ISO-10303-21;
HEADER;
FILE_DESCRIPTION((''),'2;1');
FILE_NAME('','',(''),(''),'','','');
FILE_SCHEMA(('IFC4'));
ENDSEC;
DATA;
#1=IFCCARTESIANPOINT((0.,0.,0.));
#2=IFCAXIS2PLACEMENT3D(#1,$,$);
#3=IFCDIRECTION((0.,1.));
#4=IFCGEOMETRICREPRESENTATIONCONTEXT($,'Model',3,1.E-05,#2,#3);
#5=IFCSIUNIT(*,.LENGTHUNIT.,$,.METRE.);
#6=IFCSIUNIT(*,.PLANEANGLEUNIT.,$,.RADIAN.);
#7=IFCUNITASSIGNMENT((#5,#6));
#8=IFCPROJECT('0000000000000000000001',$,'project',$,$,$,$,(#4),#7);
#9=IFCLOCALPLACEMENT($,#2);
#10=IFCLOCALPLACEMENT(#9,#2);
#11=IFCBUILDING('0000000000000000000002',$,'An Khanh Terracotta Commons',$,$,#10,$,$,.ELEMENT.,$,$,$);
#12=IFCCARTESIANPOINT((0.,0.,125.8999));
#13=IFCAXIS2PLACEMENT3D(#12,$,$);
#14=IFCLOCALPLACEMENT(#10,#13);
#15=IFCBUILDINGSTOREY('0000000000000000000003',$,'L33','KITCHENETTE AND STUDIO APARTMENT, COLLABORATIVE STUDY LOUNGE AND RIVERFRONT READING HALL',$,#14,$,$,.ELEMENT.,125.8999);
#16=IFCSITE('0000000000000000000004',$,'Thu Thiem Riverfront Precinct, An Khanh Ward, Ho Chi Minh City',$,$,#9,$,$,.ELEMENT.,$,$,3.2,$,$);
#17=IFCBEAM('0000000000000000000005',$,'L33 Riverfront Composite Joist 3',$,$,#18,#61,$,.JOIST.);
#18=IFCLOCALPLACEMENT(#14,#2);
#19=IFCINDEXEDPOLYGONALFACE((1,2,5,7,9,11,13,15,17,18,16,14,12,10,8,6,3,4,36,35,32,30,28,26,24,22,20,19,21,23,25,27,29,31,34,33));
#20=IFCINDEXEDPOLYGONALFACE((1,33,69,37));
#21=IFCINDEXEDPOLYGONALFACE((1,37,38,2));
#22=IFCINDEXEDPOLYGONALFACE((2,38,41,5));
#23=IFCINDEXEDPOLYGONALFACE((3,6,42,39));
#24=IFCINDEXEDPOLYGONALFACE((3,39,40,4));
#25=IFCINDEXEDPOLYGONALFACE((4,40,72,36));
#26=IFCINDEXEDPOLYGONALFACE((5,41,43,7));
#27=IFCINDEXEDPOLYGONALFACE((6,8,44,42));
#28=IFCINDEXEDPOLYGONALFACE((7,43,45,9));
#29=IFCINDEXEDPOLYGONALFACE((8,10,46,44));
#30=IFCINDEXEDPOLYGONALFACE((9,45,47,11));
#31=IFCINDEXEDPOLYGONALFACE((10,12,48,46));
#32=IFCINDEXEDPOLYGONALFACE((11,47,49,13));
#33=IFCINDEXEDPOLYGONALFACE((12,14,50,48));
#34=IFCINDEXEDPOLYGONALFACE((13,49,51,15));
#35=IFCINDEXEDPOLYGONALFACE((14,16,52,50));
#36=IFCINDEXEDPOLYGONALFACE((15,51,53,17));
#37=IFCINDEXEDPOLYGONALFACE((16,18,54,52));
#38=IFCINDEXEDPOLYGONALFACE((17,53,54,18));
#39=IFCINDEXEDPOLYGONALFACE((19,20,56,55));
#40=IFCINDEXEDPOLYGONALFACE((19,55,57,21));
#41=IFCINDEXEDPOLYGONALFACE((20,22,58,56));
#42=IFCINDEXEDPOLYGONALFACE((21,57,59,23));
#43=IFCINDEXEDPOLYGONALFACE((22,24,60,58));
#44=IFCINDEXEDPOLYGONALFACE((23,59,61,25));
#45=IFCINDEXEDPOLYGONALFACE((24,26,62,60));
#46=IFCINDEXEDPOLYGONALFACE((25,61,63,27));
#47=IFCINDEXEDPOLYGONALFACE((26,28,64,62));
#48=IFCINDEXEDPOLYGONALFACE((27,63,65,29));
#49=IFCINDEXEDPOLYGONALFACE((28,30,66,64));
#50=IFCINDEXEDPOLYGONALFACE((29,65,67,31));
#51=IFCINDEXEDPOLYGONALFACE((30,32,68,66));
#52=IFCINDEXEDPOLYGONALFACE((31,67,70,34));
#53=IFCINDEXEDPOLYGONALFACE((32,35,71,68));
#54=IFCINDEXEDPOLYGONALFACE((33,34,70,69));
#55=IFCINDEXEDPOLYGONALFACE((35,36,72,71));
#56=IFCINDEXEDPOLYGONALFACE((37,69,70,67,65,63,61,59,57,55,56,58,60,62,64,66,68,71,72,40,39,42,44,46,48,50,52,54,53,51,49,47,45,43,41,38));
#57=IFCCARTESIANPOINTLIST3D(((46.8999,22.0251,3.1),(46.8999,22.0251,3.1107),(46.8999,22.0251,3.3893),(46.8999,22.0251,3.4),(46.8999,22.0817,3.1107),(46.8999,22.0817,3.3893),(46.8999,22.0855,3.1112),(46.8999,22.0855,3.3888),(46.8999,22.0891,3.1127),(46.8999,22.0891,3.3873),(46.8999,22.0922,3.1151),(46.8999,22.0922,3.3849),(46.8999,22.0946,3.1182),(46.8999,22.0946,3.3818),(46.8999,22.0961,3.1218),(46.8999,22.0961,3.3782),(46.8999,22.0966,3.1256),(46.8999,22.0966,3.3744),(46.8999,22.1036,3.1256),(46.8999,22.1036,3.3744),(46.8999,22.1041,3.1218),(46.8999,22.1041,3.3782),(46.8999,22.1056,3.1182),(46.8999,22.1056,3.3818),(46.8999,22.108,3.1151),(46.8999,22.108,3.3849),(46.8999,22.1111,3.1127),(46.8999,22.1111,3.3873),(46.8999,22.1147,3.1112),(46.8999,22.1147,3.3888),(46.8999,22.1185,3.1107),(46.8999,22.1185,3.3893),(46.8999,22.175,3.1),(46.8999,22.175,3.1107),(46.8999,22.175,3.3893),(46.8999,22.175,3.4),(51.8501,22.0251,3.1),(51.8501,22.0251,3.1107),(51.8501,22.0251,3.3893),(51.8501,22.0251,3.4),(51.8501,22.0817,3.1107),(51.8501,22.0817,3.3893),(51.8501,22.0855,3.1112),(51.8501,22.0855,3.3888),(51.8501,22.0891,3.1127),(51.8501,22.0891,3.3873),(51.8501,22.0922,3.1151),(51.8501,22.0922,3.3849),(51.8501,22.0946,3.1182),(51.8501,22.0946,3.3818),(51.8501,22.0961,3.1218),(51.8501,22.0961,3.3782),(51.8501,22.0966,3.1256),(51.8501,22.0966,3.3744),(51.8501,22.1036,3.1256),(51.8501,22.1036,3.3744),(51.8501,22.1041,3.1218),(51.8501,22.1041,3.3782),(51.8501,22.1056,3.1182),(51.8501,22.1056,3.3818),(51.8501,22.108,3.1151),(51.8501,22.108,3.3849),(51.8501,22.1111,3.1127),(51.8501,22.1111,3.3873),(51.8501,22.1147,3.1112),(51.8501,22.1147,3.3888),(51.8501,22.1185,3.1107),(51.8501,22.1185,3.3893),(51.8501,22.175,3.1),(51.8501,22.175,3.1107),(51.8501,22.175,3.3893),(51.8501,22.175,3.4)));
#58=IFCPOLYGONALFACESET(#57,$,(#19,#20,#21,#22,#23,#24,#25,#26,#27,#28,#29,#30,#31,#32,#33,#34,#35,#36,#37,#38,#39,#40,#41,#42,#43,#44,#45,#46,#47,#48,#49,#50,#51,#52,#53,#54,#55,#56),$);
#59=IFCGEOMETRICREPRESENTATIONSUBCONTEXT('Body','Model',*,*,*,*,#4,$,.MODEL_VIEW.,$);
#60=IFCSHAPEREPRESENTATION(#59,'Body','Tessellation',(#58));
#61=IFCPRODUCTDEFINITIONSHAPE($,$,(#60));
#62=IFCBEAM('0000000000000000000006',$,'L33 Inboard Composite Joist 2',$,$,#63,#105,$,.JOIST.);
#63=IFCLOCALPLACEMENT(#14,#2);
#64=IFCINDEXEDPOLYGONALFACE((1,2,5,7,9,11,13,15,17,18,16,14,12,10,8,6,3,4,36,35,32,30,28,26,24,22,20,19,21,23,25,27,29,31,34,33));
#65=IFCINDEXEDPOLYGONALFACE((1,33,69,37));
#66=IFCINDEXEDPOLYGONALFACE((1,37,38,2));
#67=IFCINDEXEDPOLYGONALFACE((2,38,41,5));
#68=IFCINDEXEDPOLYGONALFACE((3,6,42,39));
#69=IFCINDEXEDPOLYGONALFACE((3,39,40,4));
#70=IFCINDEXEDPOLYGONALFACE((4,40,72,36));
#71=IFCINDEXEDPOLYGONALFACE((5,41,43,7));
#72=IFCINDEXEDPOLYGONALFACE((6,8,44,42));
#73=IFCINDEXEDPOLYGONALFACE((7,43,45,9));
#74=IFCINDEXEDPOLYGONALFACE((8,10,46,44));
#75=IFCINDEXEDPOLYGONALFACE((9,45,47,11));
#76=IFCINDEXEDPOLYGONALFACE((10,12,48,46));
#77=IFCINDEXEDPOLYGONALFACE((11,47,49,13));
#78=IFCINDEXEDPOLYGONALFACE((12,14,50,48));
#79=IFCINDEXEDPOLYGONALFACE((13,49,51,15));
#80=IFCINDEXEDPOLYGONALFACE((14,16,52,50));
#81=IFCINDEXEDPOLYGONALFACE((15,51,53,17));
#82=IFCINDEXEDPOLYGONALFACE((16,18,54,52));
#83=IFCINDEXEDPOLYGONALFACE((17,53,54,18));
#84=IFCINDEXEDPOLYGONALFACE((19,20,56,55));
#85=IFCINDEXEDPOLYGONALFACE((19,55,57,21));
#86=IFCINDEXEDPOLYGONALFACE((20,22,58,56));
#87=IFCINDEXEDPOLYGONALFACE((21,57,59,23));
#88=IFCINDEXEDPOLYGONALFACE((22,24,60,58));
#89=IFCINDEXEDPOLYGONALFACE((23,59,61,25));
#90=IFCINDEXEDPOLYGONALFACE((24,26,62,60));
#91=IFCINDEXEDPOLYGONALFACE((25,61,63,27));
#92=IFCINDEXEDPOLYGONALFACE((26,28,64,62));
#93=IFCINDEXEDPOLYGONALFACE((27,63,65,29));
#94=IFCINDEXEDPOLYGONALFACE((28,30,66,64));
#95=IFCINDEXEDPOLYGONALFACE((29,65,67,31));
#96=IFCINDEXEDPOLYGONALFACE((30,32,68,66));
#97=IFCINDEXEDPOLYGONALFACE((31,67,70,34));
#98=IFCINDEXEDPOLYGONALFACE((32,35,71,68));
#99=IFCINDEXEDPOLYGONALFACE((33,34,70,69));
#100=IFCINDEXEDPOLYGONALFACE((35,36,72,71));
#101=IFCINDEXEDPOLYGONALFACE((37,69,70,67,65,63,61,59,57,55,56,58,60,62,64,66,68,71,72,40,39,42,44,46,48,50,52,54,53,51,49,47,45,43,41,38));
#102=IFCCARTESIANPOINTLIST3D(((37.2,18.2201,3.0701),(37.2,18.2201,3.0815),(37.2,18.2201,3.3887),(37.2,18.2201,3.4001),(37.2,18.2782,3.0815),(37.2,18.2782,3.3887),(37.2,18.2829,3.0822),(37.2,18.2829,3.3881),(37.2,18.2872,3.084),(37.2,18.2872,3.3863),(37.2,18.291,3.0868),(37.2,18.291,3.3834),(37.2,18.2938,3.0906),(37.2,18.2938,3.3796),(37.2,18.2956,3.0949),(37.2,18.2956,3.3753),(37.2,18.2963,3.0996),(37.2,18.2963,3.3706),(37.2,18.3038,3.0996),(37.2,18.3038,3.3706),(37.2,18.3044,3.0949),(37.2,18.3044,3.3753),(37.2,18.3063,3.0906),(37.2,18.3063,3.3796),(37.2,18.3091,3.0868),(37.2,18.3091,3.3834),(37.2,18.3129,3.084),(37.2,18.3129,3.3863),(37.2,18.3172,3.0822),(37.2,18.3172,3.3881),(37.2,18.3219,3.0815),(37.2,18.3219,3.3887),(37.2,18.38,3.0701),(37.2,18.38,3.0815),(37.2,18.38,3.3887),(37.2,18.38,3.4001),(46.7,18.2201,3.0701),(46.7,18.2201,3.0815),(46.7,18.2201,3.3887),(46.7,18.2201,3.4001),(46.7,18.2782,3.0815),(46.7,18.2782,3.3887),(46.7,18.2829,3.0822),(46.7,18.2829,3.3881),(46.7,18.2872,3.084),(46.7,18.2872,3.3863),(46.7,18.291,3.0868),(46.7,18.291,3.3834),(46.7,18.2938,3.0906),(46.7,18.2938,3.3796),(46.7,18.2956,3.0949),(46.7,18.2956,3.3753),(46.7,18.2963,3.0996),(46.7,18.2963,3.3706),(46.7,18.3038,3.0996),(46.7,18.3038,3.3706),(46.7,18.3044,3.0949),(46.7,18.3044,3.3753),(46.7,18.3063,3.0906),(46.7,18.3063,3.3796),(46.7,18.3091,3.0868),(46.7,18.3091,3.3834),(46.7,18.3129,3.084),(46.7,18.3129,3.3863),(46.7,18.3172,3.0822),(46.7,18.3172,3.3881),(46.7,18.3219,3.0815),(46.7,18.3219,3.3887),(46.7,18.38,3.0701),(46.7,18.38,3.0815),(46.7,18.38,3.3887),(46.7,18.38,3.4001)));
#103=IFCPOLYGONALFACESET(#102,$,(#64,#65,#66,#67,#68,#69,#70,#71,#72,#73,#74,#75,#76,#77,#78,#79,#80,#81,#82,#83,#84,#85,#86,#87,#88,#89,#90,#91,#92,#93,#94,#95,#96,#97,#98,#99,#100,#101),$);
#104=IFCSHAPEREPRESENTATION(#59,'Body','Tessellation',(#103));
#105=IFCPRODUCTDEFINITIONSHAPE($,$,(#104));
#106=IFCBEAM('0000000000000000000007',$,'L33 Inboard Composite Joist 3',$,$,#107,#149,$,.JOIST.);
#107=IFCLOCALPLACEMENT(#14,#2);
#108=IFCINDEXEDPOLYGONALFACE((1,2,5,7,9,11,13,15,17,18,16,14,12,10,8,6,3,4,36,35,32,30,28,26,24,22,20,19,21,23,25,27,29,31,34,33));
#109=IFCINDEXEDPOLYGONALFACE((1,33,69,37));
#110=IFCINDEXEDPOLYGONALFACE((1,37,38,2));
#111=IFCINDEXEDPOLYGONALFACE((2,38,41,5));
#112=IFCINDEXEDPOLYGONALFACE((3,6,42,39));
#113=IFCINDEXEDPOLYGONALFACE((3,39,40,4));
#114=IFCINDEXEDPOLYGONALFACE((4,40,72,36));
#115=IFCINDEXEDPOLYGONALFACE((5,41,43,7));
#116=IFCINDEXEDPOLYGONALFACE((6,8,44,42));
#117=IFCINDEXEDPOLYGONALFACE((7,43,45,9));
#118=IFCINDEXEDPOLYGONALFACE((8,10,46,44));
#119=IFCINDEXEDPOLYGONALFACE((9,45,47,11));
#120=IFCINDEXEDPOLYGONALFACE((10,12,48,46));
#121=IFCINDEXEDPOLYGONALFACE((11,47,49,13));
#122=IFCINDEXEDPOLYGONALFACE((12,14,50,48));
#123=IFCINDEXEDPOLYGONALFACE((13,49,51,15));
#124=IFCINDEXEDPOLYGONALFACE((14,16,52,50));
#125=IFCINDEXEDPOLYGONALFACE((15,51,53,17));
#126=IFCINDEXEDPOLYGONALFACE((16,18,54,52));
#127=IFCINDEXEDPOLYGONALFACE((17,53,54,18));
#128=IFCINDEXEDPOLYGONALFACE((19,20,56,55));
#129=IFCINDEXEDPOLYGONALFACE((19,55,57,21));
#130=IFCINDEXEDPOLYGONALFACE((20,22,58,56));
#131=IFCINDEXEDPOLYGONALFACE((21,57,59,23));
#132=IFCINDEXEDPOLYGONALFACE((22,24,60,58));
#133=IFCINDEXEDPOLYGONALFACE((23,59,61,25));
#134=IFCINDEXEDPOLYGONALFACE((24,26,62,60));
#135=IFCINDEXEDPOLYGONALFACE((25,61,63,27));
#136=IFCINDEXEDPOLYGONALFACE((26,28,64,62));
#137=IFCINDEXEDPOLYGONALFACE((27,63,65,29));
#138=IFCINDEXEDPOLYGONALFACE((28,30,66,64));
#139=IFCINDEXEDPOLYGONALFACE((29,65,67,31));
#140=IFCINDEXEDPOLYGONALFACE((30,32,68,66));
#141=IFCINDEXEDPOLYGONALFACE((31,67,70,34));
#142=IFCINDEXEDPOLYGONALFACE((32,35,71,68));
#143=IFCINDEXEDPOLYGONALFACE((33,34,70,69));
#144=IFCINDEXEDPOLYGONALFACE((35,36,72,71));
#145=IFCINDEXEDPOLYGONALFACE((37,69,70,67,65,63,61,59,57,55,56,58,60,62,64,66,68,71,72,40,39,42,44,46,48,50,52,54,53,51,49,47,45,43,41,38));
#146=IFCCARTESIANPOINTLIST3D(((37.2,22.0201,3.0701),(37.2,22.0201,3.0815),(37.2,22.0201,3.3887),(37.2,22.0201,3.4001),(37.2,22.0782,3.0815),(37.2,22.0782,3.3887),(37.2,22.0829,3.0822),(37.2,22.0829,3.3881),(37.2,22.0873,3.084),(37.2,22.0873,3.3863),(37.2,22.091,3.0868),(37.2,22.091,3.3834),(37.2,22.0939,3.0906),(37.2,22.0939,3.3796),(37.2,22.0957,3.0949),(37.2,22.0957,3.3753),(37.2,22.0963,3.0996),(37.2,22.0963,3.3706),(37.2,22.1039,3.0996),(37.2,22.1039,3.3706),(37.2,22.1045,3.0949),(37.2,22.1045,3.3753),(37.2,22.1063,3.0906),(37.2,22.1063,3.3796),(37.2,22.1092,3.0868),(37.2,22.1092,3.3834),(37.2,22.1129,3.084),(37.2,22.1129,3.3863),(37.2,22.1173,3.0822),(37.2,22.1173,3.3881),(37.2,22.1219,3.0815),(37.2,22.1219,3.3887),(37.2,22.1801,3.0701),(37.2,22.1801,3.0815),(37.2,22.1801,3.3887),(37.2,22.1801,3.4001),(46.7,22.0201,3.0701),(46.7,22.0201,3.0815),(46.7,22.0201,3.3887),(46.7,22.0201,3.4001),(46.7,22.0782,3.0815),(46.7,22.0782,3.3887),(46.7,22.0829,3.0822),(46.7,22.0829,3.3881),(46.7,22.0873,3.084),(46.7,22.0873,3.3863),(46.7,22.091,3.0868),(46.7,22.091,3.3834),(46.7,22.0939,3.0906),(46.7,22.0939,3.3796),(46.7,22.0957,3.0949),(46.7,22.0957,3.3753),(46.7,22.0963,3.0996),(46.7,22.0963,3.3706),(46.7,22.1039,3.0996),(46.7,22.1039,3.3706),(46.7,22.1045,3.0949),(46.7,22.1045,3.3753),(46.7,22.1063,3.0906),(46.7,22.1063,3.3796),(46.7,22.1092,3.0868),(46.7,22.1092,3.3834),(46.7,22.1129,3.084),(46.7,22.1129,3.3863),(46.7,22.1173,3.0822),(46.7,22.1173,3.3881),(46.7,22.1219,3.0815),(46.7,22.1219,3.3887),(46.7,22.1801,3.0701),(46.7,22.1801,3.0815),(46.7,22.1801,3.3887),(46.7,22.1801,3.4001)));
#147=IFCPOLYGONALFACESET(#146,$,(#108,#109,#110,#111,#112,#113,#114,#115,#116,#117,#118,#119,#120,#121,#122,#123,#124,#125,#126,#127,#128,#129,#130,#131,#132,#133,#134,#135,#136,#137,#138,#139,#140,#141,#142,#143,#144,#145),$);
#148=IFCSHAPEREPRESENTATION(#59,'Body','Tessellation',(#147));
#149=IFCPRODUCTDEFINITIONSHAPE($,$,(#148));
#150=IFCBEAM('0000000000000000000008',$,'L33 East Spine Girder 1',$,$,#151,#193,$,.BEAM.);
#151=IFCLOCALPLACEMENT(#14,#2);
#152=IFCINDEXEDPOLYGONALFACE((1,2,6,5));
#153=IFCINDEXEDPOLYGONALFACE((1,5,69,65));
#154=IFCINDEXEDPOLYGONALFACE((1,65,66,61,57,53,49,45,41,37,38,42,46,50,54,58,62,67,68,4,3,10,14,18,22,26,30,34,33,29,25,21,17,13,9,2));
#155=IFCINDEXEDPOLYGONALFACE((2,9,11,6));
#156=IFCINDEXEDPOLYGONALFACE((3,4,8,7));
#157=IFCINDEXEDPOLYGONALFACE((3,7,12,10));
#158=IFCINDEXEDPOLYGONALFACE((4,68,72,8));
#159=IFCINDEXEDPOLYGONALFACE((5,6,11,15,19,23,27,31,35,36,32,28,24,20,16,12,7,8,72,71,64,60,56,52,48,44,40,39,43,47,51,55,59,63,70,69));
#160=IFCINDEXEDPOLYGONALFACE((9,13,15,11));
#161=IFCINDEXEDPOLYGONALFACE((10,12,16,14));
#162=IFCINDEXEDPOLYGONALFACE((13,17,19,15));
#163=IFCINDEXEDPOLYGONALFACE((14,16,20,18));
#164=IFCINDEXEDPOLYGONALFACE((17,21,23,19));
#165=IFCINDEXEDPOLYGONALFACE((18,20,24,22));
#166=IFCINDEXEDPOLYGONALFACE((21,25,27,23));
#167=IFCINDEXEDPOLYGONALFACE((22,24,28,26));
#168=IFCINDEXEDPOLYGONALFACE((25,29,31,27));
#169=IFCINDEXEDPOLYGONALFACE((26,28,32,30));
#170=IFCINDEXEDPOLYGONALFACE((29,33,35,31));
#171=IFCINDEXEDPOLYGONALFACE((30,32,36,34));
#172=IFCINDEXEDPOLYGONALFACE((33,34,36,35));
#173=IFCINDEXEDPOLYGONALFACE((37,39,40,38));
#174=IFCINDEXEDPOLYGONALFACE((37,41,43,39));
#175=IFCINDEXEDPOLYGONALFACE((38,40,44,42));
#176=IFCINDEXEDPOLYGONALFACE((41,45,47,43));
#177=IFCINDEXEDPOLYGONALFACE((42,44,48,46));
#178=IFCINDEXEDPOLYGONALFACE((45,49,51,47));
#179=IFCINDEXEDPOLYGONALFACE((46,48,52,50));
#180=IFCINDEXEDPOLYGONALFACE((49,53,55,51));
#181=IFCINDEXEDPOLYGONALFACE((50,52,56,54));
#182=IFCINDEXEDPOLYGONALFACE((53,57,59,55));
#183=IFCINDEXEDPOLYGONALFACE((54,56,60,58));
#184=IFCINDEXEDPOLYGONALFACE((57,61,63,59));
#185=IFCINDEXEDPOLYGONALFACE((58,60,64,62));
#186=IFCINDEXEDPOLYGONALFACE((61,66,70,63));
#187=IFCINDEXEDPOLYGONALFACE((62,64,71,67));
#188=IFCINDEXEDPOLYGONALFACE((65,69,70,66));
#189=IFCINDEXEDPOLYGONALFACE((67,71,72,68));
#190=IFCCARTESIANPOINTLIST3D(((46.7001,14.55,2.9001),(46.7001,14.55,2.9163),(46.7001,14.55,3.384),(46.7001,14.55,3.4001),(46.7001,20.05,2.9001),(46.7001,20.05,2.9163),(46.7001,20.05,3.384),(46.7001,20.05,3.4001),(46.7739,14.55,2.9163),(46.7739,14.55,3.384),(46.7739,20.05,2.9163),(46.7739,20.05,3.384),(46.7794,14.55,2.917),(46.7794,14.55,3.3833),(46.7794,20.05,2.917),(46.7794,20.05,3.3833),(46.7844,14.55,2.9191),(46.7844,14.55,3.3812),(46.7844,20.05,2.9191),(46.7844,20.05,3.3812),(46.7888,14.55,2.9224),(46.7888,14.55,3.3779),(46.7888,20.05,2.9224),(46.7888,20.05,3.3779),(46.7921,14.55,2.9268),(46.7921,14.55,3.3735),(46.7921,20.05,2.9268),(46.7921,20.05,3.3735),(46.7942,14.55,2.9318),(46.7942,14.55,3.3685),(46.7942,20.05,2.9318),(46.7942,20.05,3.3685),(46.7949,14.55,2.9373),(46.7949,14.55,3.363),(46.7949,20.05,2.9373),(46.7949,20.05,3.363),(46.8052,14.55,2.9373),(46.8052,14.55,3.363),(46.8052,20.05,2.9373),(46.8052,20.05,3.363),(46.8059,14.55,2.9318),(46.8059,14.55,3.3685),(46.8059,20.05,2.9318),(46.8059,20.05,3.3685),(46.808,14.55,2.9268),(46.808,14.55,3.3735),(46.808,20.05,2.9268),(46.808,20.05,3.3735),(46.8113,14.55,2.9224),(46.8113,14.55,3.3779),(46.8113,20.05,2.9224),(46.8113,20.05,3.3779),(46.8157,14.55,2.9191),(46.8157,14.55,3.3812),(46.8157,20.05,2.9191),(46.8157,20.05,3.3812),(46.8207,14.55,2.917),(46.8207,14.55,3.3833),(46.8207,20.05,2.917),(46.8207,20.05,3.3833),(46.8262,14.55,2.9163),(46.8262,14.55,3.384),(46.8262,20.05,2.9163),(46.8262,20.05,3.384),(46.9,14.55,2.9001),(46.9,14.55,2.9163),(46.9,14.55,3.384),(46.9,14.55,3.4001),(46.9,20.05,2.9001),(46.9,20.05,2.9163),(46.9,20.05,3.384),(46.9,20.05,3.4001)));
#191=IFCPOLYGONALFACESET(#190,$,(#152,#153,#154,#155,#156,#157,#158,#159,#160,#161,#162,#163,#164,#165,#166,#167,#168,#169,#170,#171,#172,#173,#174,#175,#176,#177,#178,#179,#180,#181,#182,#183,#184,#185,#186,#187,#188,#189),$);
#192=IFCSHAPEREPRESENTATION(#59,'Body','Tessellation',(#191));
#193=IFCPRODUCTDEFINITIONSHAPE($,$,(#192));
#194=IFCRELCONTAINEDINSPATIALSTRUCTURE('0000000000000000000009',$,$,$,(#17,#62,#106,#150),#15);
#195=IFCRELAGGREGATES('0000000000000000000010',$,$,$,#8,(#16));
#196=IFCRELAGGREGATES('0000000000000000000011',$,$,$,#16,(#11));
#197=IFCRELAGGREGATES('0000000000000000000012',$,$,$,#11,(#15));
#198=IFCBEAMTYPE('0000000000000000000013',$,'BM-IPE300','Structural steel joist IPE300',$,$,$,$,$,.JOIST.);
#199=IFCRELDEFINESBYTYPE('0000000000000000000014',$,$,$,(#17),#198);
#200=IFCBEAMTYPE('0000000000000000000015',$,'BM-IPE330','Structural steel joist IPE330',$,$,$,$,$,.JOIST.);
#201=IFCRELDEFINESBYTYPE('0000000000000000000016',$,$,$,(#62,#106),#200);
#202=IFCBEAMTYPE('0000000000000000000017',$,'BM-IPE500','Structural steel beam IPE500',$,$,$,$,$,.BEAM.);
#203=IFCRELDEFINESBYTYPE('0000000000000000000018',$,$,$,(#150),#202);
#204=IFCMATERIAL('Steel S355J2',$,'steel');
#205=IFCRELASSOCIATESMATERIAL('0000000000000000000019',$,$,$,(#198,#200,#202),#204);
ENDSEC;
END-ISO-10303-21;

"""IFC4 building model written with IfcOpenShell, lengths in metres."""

from ifc_helpers import new_model, si_unit, direction, frame, origin, origin_2d, place, context, subcontext, project, spatial, i_section, extrude, material, material_profile, profile_set, type_object, element, save


model = new_model("IFC4")

# Units and contexts
model_context = context("Model", 3, precision=1e-05, world=origin(), true_north=direction((0.0, 1.0)))
body_context = subcontext(model_context, "Body", "Model", "MODEL_VIEW")
ifc_project = project(units=[si_unit("LENGTHUNIT", "METRE"), si_unit("PLANEANGLEUNIT", "RADIAN")], contexts=[model_context])

# Site, building, storey
site_placement = place(None, origin())
site = spatial("IfcSite", under=ifc_project, at=site_placement, Name="Thu Thiem Riverfront Precinct, An Khanh Ward, Ho Chi Minh City", CompositionType="ELEMENT", RefElevation=3.2)
building_placement = place(site_placement, origin())
building = spatial("IfcBuilding", under=site, at=building_placement, Name="An Khanh Terracotta Commons", CompositionType="ELEMENT")
storey_placement = place(building_placement, frame((0.0, 0.0, 125.8999)))
storey = spatial("IfcBuildingStorey", under=building, at=storey_placement, Name="L33", Description="KITCHENETTE AND STUDIO APARTMENT, COLLABORATIVE STUDY LOUNGE AND RIVERFRONT READING HALL", CompositionType="ELEMENT", Elevation=125.8999)

# Beams
ifc_material_1 = material(Name="Steel S355J2", Category="steel")
ifc_material_profile_1 = material_profile(ifc_material_1, i_section(OverallWidth=0.1499, OverallDepth=0.3, WebThickness=0.0071, FlangeThickness=0.0107, FilletRadius=0.0149, at=origin_2d()), Name="IPE300")
ifc_profile_set_1 = profile_set([ifc_material_profile_1], Name="Steel S355J2")
beam_type_1 = type_object("IfcBeamType", Name="BM-IPE300", Description="Structural steel joist IPE300", PredefinedType="JOIST", material=ifc_profile_set_1)
for number, where, z_axis, x_axis, name in (
    (1, (46.8999, 22.1001, 3.25), (1.0, 0.0, 0.0), (0.0, 1.0, 0.0), "L33 Riverfront Composite Joist 3"),
):
    element("IfcBeam", number, at=place(storey_placement, frame(where, z_axis=z_axis, x_axis=x_axis)), inside=storey, type_object=beam_type_1, Name=name, PredefinedType="JOIST", context=body_context, shape_type="SweptSolid", body=[
        extrude(i_section(OverallWidth=0.1499, OverallDepth=0.3, WebThickness=0.0071, FlangeThickness=0.0107, FilletRadius=0.0149, at=origin_2d()), origin(), (0.0, 0.0, 1.0), 4.9502),
    ])
ifc_material_profile_2 = material_profile(ifc_material_1, i_section(OverallWidth=0.1599, OverallDepth=0.3301, WebThickness=0.0076, FlangeThickness=0.0115, FilletRadius=0.0181, at=origin_2d()), Name="IPE330")
ifc_profile_set_2 = profile_set([ifc_material_profile_2], Name="Steel S355J2")
beam_type_2 = type_object("IfcBeamType", Name="BM-IPE330", Description="Structural steel joist IPE330", PredefinedType="JOIST", material=ifc_profile_set_2)
for number, where, z_axis, x_axis, name in (
    (2, (37.2, 18.3, 3.2351), (1.0, 0.0, 0.0), (0.0, 1.0, 0.0), "L33 Inboard Composite Joist 2"),
    (3, (37.2, 22.1001, 3.2351), (1.0, 0.0, 0.0), (0.0, 1.0, 0.0), "L33 Inboard Composite Joist 3"),
):
    element("IfcBeam", number, at=place(storey_placement, frame(where, z_axis=z_axis, x_axis=x_axis)), inside=storey, type_object=beam_type_2, Name=name, PredefinedType="JOIST", context=body_context, shape_type="SweptSolid", body=[
        extrude(i_section(OverallWidth=0.1599, OverallDepth=0.3301, WebThickness=0.0076, FlangeThickness=0.0115, FilletRadius=0.0181, at=origin_2d()), origin(), (0.0, 0.0, 1.0), 9.5),
    ])
ifc_material_profile_3 = material_profile(ifc_material_1, i_section(OverallWidth=0.2, OverallDepth=0.5, WebThickness=0.0103, FlangeThickness=0.0161, FilletRadius=0.021, at=origin_2d()), Name="IPE500")
ifc_profile_set_3 = profile_set([ifc_material_profile_3], Name="Steel S355J2")
beam_type_3 = type_object("IfcBeamType", Name="BM-IPE500", Description="Structural steel beam IPE500", PredefinedType="BEAM", material=ifc_profile_set_3)
beam_1_placement = place(storey_placement, frame((46.8, 14.55, 3.1501), z_axis=(0.0, 1.0, 0.0), x_axis=(-1.0, 0.0, 0.0)))
element("IfcBeam", 4, at=beam_1_placement, inside=storey, type_object=beam_type_3, Name="L33 East Spine Girder 1", PredefinedType="BEAM", context=body_context, shape_type="SweptSolid", body=[
    extrude(i_section(OverallWidth=0.2, OverallDepth=0.5, WebThickness=0.0103, FlangeThickness=0.0161, FilletRadius=0.021, at=origin_2d()), origin(), (0.0, 0.0, 1.0), 5.5),
])

save(model, "model.ifc")
